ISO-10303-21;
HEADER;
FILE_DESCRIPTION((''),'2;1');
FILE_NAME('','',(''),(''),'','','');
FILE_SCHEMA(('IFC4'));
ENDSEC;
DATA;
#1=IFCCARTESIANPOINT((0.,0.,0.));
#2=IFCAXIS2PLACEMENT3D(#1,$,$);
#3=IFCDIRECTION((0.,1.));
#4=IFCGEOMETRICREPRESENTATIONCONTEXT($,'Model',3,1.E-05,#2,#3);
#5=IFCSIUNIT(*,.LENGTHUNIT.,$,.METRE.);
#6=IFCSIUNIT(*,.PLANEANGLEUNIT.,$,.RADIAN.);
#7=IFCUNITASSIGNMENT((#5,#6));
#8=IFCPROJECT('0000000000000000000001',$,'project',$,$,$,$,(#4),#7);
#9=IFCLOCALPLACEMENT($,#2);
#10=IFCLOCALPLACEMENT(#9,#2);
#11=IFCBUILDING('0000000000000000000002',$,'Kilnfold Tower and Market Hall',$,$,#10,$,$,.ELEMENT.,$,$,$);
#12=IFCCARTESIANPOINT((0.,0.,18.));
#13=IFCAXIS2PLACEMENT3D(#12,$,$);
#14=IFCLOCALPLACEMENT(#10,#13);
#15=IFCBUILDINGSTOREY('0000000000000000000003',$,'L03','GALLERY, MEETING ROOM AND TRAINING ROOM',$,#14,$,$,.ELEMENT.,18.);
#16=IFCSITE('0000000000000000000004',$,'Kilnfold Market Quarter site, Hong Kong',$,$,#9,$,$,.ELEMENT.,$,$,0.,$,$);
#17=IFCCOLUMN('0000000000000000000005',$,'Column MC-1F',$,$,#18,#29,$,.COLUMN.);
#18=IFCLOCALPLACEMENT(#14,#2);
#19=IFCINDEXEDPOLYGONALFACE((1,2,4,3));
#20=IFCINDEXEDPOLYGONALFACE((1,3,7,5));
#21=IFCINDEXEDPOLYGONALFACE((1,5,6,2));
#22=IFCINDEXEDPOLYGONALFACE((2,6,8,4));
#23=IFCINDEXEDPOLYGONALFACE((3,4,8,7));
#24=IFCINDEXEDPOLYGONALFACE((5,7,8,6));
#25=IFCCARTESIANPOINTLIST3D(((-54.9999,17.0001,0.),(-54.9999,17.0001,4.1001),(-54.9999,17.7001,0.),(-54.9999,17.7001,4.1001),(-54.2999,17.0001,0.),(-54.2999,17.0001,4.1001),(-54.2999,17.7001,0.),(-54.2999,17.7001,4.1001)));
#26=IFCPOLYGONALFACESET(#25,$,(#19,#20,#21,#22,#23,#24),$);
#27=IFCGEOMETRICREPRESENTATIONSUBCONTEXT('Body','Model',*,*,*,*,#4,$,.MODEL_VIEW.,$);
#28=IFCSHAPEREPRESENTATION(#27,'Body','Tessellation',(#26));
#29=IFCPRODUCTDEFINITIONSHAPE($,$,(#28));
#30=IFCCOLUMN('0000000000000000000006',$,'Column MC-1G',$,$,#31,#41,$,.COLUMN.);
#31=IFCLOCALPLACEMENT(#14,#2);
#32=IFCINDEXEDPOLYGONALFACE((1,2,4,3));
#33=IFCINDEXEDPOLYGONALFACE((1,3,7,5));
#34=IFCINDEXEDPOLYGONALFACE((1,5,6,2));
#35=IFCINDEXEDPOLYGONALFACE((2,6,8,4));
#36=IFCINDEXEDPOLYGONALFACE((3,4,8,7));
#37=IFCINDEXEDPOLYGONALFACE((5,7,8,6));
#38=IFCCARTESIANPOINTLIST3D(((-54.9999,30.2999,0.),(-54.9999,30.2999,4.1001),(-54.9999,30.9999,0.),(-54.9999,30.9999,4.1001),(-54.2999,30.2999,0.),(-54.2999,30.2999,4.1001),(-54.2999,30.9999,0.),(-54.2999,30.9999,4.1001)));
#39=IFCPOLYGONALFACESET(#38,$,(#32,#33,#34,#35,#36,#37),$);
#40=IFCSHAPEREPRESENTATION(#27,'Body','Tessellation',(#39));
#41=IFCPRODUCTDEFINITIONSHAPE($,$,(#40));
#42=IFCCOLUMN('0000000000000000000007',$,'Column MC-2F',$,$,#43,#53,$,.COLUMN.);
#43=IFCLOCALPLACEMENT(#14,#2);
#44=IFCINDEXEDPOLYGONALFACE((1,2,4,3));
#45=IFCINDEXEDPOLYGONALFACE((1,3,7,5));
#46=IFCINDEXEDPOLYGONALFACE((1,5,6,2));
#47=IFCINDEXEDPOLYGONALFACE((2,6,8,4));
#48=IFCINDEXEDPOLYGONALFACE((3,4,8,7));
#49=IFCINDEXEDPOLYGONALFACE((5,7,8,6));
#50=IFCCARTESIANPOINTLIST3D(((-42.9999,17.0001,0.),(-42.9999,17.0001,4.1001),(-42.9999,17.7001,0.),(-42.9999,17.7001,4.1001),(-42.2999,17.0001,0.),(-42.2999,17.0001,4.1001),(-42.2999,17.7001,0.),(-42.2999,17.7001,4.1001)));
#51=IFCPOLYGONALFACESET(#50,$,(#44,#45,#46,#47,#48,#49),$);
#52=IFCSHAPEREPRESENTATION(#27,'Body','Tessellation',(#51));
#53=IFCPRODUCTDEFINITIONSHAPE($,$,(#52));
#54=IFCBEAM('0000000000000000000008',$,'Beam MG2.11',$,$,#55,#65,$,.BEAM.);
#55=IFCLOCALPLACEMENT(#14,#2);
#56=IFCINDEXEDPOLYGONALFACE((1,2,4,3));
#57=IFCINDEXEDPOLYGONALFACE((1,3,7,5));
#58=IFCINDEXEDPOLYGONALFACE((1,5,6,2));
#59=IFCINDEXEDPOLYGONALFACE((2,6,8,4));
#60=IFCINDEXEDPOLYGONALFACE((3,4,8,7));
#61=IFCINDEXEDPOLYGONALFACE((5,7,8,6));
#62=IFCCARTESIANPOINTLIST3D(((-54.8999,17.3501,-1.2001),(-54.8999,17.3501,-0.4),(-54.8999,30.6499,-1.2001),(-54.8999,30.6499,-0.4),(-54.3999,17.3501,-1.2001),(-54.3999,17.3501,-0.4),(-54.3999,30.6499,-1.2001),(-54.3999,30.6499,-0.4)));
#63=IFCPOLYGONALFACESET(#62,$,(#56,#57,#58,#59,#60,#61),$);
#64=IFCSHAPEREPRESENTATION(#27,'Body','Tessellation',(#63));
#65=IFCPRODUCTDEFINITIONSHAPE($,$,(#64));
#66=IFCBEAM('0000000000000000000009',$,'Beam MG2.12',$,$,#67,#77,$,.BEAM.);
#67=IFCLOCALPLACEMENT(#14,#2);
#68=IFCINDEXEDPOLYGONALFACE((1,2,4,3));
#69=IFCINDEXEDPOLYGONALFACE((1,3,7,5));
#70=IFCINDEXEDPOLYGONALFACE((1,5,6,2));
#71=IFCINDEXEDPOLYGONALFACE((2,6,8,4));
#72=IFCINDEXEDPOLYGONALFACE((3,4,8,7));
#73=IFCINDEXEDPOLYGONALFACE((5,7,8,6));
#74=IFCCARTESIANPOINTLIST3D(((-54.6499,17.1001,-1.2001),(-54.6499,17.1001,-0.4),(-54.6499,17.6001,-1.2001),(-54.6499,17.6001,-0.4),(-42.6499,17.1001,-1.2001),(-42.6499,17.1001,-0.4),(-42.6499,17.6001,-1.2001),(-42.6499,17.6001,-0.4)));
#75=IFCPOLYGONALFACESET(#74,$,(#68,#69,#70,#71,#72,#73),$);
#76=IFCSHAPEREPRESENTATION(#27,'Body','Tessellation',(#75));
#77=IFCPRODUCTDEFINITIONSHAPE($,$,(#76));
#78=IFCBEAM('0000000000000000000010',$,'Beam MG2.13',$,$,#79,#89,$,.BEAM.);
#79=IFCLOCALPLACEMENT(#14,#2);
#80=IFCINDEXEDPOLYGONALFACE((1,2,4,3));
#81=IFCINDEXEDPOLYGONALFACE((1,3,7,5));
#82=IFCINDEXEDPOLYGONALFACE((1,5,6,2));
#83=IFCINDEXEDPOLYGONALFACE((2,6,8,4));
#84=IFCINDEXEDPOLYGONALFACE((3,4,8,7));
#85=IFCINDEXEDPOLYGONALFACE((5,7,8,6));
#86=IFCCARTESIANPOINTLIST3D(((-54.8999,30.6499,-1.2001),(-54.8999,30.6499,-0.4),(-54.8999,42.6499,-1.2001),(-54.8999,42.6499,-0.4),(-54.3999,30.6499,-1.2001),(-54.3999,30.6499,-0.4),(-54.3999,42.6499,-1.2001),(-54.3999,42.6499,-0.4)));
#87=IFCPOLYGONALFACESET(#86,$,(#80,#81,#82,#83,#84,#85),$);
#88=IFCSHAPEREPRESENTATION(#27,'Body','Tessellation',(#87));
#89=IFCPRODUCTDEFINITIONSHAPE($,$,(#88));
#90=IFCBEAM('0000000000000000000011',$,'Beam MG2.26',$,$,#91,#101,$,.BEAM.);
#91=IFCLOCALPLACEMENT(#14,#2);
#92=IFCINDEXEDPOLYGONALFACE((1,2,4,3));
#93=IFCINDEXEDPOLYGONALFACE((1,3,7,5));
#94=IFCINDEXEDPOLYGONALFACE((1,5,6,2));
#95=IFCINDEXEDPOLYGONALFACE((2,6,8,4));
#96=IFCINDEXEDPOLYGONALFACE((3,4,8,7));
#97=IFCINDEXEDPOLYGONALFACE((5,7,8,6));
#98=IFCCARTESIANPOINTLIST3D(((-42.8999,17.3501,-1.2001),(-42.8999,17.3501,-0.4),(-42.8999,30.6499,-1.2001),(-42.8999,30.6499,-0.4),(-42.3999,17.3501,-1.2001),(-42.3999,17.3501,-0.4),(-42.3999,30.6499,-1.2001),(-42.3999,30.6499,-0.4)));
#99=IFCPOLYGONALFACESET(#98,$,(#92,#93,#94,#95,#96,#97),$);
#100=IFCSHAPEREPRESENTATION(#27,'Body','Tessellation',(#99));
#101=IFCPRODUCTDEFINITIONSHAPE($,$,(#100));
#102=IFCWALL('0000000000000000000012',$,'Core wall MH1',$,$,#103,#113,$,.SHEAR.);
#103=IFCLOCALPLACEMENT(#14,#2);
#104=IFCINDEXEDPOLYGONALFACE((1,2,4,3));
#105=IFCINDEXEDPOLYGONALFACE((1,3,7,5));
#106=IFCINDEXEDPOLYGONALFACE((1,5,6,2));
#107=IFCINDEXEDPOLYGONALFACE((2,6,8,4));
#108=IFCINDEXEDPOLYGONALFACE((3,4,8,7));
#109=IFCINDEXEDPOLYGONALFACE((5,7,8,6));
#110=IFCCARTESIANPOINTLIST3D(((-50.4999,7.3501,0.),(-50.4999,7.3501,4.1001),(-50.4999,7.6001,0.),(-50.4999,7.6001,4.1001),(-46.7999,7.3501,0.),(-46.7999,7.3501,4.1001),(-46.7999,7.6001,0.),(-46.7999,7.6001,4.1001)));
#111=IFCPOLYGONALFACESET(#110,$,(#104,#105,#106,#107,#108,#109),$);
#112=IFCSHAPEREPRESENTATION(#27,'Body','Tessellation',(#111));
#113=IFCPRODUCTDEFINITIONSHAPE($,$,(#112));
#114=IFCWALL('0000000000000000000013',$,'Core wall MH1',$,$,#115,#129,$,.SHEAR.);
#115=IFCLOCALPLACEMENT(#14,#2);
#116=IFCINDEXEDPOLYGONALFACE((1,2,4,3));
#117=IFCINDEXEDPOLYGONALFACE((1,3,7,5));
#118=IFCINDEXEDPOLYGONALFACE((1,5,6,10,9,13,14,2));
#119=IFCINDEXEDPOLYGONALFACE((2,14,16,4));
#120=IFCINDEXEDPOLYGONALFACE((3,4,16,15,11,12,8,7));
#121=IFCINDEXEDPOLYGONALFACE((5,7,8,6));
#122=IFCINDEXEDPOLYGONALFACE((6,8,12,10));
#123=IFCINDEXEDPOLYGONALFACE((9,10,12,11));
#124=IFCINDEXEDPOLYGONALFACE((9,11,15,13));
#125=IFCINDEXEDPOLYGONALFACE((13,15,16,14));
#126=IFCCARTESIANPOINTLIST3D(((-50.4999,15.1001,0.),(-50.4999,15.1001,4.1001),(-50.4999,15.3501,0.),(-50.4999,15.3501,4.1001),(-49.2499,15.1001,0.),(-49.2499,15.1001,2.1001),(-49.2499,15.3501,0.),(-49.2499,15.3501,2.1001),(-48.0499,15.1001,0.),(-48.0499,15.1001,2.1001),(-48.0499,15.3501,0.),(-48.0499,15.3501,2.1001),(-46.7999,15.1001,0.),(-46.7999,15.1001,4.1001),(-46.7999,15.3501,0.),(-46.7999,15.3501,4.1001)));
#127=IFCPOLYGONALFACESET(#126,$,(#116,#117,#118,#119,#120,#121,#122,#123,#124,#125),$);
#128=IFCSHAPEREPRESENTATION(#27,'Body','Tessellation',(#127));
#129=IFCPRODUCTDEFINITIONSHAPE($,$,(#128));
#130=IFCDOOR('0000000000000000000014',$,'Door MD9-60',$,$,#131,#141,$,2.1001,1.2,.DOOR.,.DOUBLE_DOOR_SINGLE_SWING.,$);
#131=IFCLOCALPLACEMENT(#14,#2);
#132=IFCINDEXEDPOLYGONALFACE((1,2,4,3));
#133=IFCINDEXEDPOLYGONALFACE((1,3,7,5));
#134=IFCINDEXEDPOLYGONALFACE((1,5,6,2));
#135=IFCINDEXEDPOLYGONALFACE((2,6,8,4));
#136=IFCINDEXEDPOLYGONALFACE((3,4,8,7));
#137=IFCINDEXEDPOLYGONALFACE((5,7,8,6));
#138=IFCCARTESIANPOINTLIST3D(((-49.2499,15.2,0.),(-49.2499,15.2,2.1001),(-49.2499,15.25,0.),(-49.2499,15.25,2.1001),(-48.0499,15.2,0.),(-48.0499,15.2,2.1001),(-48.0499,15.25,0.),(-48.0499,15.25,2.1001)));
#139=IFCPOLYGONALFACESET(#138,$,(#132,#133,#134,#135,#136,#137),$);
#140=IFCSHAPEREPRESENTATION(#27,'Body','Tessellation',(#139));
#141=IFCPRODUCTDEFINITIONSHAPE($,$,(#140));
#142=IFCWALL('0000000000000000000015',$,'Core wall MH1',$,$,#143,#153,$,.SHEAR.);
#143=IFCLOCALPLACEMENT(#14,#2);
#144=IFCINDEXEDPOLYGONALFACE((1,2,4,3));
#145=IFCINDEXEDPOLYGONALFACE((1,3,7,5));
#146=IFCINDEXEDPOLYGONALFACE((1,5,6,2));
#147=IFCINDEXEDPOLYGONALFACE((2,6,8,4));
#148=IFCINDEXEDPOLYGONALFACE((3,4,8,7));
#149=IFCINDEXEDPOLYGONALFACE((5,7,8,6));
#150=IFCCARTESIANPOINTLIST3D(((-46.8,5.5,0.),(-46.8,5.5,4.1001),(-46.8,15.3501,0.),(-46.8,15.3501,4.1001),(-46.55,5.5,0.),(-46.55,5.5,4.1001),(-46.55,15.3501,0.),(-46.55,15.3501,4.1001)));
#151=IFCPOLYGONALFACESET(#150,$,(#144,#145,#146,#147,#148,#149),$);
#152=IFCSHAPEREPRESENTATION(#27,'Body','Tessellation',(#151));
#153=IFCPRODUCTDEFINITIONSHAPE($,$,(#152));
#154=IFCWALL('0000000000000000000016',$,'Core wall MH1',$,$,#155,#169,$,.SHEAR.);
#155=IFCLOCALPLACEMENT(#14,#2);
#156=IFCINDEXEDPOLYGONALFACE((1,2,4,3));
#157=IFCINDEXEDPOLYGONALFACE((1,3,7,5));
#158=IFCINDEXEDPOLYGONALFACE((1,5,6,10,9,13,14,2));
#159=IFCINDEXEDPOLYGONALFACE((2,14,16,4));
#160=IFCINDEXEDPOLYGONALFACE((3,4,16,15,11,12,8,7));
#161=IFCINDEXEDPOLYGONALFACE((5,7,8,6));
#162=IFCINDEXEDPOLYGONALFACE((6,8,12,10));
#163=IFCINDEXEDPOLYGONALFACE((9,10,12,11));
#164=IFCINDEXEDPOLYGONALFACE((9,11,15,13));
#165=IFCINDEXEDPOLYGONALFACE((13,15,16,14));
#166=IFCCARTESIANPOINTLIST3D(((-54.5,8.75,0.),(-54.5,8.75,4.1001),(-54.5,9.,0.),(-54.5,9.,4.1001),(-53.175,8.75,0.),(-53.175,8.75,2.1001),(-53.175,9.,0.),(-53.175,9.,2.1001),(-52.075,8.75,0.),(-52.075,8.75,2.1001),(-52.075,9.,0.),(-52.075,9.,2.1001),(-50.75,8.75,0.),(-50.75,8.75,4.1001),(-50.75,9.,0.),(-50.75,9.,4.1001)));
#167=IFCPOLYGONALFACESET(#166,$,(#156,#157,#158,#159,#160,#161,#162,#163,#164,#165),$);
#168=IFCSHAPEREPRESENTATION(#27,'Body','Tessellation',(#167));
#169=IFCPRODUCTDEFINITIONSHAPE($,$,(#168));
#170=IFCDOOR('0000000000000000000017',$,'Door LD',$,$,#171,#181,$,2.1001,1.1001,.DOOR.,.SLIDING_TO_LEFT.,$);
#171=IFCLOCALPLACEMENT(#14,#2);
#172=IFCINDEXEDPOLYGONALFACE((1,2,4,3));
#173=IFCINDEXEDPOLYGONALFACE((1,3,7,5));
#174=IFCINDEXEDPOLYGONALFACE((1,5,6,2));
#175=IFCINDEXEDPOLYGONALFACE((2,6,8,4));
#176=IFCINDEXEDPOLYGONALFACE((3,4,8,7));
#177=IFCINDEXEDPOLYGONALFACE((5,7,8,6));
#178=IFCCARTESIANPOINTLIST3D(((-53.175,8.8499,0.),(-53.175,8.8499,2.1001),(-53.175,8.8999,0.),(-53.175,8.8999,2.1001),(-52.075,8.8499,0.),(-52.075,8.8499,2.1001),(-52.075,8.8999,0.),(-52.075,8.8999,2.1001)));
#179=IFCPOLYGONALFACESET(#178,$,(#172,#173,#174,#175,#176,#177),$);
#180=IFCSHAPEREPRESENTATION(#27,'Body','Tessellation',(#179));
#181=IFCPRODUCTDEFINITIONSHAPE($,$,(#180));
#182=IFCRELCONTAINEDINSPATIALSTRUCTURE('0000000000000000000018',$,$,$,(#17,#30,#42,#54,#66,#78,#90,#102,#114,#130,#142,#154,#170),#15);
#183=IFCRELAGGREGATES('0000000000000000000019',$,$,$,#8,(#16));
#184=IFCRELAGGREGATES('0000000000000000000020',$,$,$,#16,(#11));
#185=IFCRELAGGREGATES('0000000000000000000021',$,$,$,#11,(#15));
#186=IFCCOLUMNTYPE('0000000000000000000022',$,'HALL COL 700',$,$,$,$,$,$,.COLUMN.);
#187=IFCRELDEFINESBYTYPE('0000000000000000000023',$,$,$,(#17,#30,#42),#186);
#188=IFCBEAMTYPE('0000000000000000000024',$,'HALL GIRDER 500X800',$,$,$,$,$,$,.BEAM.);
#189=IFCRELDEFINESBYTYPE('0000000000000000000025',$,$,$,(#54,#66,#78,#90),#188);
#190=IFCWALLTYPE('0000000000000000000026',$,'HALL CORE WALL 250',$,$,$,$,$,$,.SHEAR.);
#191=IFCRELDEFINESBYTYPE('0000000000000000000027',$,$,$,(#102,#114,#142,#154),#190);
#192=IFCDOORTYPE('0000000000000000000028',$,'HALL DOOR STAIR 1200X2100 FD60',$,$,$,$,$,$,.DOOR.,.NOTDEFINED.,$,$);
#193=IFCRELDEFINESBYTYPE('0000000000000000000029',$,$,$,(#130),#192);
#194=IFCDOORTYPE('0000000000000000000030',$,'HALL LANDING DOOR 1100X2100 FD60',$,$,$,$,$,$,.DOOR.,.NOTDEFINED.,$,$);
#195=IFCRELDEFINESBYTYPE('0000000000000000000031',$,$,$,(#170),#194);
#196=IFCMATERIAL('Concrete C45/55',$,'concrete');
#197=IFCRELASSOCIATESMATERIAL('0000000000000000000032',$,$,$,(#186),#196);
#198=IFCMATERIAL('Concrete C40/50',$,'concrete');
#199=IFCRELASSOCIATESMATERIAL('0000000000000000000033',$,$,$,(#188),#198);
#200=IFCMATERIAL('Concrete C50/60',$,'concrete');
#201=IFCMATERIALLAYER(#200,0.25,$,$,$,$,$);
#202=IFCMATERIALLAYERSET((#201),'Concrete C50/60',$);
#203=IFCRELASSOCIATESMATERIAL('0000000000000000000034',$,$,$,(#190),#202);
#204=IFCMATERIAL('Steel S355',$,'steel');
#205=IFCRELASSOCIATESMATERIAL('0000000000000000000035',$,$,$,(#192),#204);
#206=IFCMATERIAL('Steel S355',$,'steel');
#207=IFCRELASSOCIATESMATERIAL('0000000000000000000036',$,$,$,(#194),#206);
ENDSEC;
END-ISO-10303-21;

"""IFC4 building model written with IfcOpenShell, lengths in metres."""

from ifc_helpers import new_model, si_unit, direction, frame, frame_2d, origin, origin_2d, place, context, subcontext, project, spatial, rectangle, extrude, source, transform, mapped, material, layer, layer_set, material_profile, profile_set, type_object, element, fill, save


model = new_model("IFC4")

# Units and contexts
model_context = context("Model", 3, precision=1e-05, world=origin(), true_north=direction((0.0, 1.0)))
body_context = subcontext(model_context, "Body", "Model", "MODEL_VIEW")
ifc_project = project(units=[si_unit("LENGTHUNIT", "METRE"), si_unit("PLANEANGLEUNIT", "RADIAN")], contexts=[model_context])

# Site, building, storey
site_placement = place(None, origin())
site = spatial("IfcSite", under=ifc_project, at=site_placement, Name="Kilnfold Market Quarter site, Hong Kong", CompositionType="ELEMENT", RefElevation=0.0)
building_placement = place(site_placement, origin())
building = spatial("IfcBuilding", under=site, at=building_placement, Name="Kilnfold Tower and Market Hall", CompositionType="ELEMENT")
storey_placement = place(building_placement, frame((0.0, 0.0, 18.0)))
storey = spatial("IfcBuildingStorey", under=building, at=storey_placement, Name="L03", Description="GALLERY, MEETING ROOM AND TRAINING ROOM", CompositionType="ELEMENT", Elevation=18.0)

# Columns
ifc_material_1 = material(Name="Concrete C45/55", Category="concrete")
ifc_material_profile_1 = material_profile(ifc_material_1, rectangle(XDim=0.7, YDim=0.7, at=origin_2d()), Name="RC 700x700")
ifc_profile_set_1 = profile_set([ifc_material_profile_1], Name="Concrete C45/55")
column_type = type_object("IfcColumnType", Name="HALL COL 700", PredefinedType="COLUMN", material=ifc_profile_set_1)
shared_shape_1 = source(origin(), body_context, "Body", "SweptSolid", [
    extrude(rectangle(XDim=0.7, YDim=0.7, at=origin_2d()), origin(), (0.0, 0.0, 1.0), 4.1001),
])
for number, where, z_axis, x_axis, name in (
    (1, (-54.6499, 17.3501, 0.0), (0.0, 0.0, 1.0), (1.0, 0.0, 0.0), "Column MC-1F"),
    (2, (-54.6499, 30.6499, 0.0), (0.0, 0.0, 1.0), (1.0, 0.0, 0.0), "Column MC-1G"),
    (3, (-42.6499, 17.3501, 0.0), (0.0, 0.0, 1.0), (1.0, 0.0, 0.0), "Column MC-2F"),
):
    element("IfcColumn", number, at=place(storey_placement, frame(where, z_axis=z_axis, x_axis=x_axis)), inside=storey, type_object=column_type, Name=name, PredefinedType="COLUMN", context=body_context, shape_type="MappedRepresentation", body=[
        mapped(shared_shape_1, transform((0.0, 0.0, 0.0))),
    ])

# Beams
ifc_material_2 = material(Name="Concrete C40/50", Category="concrete")
ifc_material_profile_2 = material_profile(ifc_material_2, rectangle(XDim=0.5, YDim=0.8, at=origin_2d()), Name="RC 500x800")
ifc_profile_set_2 = profile_set([ifc_material_profile_2], Name="Concrete C40/50")
beam_type = type_object("IfcBeamType", Name="HALL GIRDER 500X800", PredefinedType="BEAM", material=ifc_profile_set_2)
beam_1_placement = place(storey_placement, frame((-54.6499, 17.3501, -0.8), z_axis=(0.0, 1.0, 0.0), x_axis=(-1.0, 0.0, 0.0)))
element("IfcBeam", 4, at=beam_1_placement, inside=storey, type_object=beam_type, Name="Beam MG2.11", PredefinedType="BEAM", context=body_context, shape_type="SweptSolid", body=[
    extrude(rectangle(XDim=0.5, YDim=0.8, at=origin_2d()), origin(), (0.0, 0.0, 1.0), 13.2998),
])
for number, where, z_axis, x_axis, name in (
    (5, (-54.6499, 17.3501, -0.8), (1.0, 0.0, 0.0), (0.0, 1.0, 0.0), "Beam MG2.12"),
    (6, (-54.6499, 30.6499, -0.8), (0.0, 1.0, 0.0), (-1.0, 0.0, 0.0), "Beam MG2.13"),
):
    element("IfcBeam", number, at=place(storey_placement, frame(where, z_axis=z_axis, x_axis=x_axis)), inside=storey, type_object=beam_type, Name=name, PredefinedType="BEAM", context=body_context, shape_type="SweptSolid", body=[
        extrude(rectangle(XDim=0.5, YDim=0.8, at=origin_2d()), origin(), (0.0, 0.0, 1.0), 12.0),
    ])
beam_2_placement = place(storey_placement, frame((-42.6499, 17.3501, -0.8), z_axis=(0.0, 1.0, 0.0), x_axis=(-1.0, 0.0, 0.0)))
element("IfcBeam", 7, at=beam_2_placement, inside=storey, type_object=beam_type, Name="Beam MG2.26", PredefinedType="BEAM", context=body_context, shape_type="SweptSolid", body=[
    extrude(rectangle(XDim=0.5, YDim=0.8, at=origin_2d()), origin(), (0.0, 0.0, 1.0), 13.2998),
])

# Wall
ifc_material_3 = material(Name="Concrete C50/60", Category="concrete")
ifc_layer_1 = layer(ifc_material_3, 0.25)
ifc_layer_set_1 = layer_set([ifc_layer_1], Name="Concrete C50/60")
wall_type_1 = type_object("IfcWallType", Name="HALL CORE WALL 250", PredefinedType="SHEAR", material=ifc_layer_set_1)
shared_shape_2 = source(origin(), body_context, "Body", "SweptSolid", [
    extrude(rectangle(XDim=3.7, YDim=0.25, at=frame_2d((1.8501, 0.0))), origin(), (0.0, 0.0, 1.0), 4.1001),
])
wall_1_placement = place(storey_placement, frame((-50.5, 7.4751, 0.0), z_axis=(0.0, 0.0, 1.0), x_axis=(1.0, 0.0, 0.0)))
element("IfcWall", 8, at=wall_1_placement, inside=storey, type_object=wall_type_1, Name="Core wall MH1", PredefinedType="SHEAR", context=body_context, shape_type="MappedRepresentation", body=[
    mapped(shared_shape_2, transform((0.0, 0.0, 0.0))),
])

# Wall, opening, door
wall_2_placement = place(storey_placement, frame((-50.5, 15.2251, 0.0), z_axis=(0.0, 0.0, 1.0), x_axis=(1.0, 0.0, 0.0)))
wall_2 = element("IfcWall", 9, at=wall_2_placement, inside=storey, type_object=wall_type_1, Name="Core wall MH1", PredefinedType="SHEAR", context=body_context, shape_type="MappedRepresentation", body=[
    mapped(shared_shape_2, transform((0.0, 0.0, 0.0))),
])
opening_1_placement = place(wall_2_placement, frame((1.25, 0.0, 0.0)))
opening_1 = element("IfcOpeningElement", 10, at=opening_1_placement, cuts=wall_2, PredefinedType="OPENING", context=body_context, shape_type="SweptSolid", body=[
    extrude(rectangle(XDim=1.2, YDim=2.1001, at=frame_2d((0.6001, 1.05))), frame((0.0, 0.135, 0.0), z_axis=(0.0, -1.0, 0.0), x_axis=(1.0, 0.0, 0.0)), (0.0, 0.0, 1.0), 0.27),
])
ifc_material_4 = material(Name="Steel S355", Category="steel")
door_type_1 = type_object("IfcDoorType", Name="HALL DOOR STAIR 1200X2100 FD60", OperationType="NOTDEFINED", PredefinedType="DOOR", material=ifc_material_4)
door_1_placement = place(opening_1_placement, origin())
door_1 = element("IfcDoor", 11, at=door_1_placement, inside=storey, type_object=door_type_1, Name="Door MD9-60", OperationType="DOUBLE_DOOR_SINGLE_SWING", OverallHeight=2.1001, OverallWidth=1.2, PredefinedType="DOOR", context=body_context, shape_type="SweptSolid", body=[
    extrude(rectangle(XDim=1.2, YDim=2.1001, at=frame_2d((0.6001, 1.05))), frame((0.0, 0.0249, 0.0), z_axis=(0.0, -1.0, 0.0), x_axis=(1.0, 0.0, 0.0)), (0.0, 0.0, 1.0), 0.05),
])
fill(opening_1, door_1)

# Wall
shared_shape_3 = source(origin(), body_context, "Body", "SweptSolid", [
    extrude(rectangle(XDim=9.8501, YDim=0.25, at=frame_2d((4.925, 0.0))), origin(), (0.0, 0.0, 1.0), 4.1001),
])
wall_3_placement = place(storey_placement, frame((-46.675, 5.5, 0.0), z_axis=(0.0, 0.0, 1.0), x_axis=(0.0, 1.0, 0.0)))
element("IfcWall", 12, at=wall_3_placement, inside=storey, type_object=wall_type_1, Name="Core wall MH1", PredefinedType="SHEAR", context=body_context, shape_type="MappedRepresentation", body=[
    mapped(shared_shape_3, transform((0.0, 0.0, 0.0))),
])

# Wall, opening, door
shared_shape_4 = source(origin(), body_context, "Body", "SweptSolid", [
    extrude(rectangle(XDim=3.75, YDim=0.25, at=frame_2d((1.875, 0.0))), origin(), (0.0, 0.0, 1.0), 4.1001),
])
wall_4_placement = place(storey_placement, frame((-54.5, 8.875, 0.0), z_axis=(0.0, 0.0, 1.0), x_axis=(1.0, 0.0, 0.0)))
wall_4 = element("IfcWall", 13, at=wall_4_placement, inside=storey, type_object=wall_type_1, Name="Core wall MH1", PredefinedType="SHEAR", context=body_context, shape_type="MappedRepresentation", body=[
    mapped(shared_shape_4, transform((0.0, 0.0, 0.0))),
])
opening_2_placement = place(wall_4_placement, frame((1.325, 0.0, 0.0)))
opening_2 = element("IfcOpeningElement", 14, at=opening_2_placement, cuts=wall_4, PredefinedType="OPENING", context=body_context, shape_type="SweptSolid", body=[
    extrude(rectangle(XDim=1.1001, YDim=2.1001, at=frame_2d((0.55, 1.05))), frame((0.0, 0.135, 0.0), z_axis=(0.0, -1.0, 0.0), x_axis=(1.0, 0.0, 0.0)), (0.0, 0.0, 1.0), 0.27),
])
ifc_material_5 = material(Name="Steel S355", Category="steel")
door_type_2 = type_object("IfcDoorType", Name="HALL LANDING DOOR 1100X2100 FD60", OperationType="NOTDEFINED", PredefinedType="DOOR", material=ifc_material_5)
door_2_placement = place(opening_2_placement, origin())
door_2 = element("IfcDoor", 15, at=door_2_placement, inside=storey, type_object=door_type_2, Name="Door LD", OperationType="SLIDING_TO_LEFT", OverallHeight=2.1001, OverallWidth=1.1001, PredefinedType="DOOR", context=body_context, shape_type="SweptSolid", body=[
    extrude(rectangle(XDim=1.1001, YDim=2.1001, at=frame_2d((0.55, 1.05))), frame((0.0, 0.0249, 0.0), z_axis=(0.0, -1.0, 0.0), x_axis=(1.0, 0.0, 0.0)), (0.0, 0.0, 1.0), 0.05),
])
fill(opening_2, door_2)

save(model, "model.ifc")
